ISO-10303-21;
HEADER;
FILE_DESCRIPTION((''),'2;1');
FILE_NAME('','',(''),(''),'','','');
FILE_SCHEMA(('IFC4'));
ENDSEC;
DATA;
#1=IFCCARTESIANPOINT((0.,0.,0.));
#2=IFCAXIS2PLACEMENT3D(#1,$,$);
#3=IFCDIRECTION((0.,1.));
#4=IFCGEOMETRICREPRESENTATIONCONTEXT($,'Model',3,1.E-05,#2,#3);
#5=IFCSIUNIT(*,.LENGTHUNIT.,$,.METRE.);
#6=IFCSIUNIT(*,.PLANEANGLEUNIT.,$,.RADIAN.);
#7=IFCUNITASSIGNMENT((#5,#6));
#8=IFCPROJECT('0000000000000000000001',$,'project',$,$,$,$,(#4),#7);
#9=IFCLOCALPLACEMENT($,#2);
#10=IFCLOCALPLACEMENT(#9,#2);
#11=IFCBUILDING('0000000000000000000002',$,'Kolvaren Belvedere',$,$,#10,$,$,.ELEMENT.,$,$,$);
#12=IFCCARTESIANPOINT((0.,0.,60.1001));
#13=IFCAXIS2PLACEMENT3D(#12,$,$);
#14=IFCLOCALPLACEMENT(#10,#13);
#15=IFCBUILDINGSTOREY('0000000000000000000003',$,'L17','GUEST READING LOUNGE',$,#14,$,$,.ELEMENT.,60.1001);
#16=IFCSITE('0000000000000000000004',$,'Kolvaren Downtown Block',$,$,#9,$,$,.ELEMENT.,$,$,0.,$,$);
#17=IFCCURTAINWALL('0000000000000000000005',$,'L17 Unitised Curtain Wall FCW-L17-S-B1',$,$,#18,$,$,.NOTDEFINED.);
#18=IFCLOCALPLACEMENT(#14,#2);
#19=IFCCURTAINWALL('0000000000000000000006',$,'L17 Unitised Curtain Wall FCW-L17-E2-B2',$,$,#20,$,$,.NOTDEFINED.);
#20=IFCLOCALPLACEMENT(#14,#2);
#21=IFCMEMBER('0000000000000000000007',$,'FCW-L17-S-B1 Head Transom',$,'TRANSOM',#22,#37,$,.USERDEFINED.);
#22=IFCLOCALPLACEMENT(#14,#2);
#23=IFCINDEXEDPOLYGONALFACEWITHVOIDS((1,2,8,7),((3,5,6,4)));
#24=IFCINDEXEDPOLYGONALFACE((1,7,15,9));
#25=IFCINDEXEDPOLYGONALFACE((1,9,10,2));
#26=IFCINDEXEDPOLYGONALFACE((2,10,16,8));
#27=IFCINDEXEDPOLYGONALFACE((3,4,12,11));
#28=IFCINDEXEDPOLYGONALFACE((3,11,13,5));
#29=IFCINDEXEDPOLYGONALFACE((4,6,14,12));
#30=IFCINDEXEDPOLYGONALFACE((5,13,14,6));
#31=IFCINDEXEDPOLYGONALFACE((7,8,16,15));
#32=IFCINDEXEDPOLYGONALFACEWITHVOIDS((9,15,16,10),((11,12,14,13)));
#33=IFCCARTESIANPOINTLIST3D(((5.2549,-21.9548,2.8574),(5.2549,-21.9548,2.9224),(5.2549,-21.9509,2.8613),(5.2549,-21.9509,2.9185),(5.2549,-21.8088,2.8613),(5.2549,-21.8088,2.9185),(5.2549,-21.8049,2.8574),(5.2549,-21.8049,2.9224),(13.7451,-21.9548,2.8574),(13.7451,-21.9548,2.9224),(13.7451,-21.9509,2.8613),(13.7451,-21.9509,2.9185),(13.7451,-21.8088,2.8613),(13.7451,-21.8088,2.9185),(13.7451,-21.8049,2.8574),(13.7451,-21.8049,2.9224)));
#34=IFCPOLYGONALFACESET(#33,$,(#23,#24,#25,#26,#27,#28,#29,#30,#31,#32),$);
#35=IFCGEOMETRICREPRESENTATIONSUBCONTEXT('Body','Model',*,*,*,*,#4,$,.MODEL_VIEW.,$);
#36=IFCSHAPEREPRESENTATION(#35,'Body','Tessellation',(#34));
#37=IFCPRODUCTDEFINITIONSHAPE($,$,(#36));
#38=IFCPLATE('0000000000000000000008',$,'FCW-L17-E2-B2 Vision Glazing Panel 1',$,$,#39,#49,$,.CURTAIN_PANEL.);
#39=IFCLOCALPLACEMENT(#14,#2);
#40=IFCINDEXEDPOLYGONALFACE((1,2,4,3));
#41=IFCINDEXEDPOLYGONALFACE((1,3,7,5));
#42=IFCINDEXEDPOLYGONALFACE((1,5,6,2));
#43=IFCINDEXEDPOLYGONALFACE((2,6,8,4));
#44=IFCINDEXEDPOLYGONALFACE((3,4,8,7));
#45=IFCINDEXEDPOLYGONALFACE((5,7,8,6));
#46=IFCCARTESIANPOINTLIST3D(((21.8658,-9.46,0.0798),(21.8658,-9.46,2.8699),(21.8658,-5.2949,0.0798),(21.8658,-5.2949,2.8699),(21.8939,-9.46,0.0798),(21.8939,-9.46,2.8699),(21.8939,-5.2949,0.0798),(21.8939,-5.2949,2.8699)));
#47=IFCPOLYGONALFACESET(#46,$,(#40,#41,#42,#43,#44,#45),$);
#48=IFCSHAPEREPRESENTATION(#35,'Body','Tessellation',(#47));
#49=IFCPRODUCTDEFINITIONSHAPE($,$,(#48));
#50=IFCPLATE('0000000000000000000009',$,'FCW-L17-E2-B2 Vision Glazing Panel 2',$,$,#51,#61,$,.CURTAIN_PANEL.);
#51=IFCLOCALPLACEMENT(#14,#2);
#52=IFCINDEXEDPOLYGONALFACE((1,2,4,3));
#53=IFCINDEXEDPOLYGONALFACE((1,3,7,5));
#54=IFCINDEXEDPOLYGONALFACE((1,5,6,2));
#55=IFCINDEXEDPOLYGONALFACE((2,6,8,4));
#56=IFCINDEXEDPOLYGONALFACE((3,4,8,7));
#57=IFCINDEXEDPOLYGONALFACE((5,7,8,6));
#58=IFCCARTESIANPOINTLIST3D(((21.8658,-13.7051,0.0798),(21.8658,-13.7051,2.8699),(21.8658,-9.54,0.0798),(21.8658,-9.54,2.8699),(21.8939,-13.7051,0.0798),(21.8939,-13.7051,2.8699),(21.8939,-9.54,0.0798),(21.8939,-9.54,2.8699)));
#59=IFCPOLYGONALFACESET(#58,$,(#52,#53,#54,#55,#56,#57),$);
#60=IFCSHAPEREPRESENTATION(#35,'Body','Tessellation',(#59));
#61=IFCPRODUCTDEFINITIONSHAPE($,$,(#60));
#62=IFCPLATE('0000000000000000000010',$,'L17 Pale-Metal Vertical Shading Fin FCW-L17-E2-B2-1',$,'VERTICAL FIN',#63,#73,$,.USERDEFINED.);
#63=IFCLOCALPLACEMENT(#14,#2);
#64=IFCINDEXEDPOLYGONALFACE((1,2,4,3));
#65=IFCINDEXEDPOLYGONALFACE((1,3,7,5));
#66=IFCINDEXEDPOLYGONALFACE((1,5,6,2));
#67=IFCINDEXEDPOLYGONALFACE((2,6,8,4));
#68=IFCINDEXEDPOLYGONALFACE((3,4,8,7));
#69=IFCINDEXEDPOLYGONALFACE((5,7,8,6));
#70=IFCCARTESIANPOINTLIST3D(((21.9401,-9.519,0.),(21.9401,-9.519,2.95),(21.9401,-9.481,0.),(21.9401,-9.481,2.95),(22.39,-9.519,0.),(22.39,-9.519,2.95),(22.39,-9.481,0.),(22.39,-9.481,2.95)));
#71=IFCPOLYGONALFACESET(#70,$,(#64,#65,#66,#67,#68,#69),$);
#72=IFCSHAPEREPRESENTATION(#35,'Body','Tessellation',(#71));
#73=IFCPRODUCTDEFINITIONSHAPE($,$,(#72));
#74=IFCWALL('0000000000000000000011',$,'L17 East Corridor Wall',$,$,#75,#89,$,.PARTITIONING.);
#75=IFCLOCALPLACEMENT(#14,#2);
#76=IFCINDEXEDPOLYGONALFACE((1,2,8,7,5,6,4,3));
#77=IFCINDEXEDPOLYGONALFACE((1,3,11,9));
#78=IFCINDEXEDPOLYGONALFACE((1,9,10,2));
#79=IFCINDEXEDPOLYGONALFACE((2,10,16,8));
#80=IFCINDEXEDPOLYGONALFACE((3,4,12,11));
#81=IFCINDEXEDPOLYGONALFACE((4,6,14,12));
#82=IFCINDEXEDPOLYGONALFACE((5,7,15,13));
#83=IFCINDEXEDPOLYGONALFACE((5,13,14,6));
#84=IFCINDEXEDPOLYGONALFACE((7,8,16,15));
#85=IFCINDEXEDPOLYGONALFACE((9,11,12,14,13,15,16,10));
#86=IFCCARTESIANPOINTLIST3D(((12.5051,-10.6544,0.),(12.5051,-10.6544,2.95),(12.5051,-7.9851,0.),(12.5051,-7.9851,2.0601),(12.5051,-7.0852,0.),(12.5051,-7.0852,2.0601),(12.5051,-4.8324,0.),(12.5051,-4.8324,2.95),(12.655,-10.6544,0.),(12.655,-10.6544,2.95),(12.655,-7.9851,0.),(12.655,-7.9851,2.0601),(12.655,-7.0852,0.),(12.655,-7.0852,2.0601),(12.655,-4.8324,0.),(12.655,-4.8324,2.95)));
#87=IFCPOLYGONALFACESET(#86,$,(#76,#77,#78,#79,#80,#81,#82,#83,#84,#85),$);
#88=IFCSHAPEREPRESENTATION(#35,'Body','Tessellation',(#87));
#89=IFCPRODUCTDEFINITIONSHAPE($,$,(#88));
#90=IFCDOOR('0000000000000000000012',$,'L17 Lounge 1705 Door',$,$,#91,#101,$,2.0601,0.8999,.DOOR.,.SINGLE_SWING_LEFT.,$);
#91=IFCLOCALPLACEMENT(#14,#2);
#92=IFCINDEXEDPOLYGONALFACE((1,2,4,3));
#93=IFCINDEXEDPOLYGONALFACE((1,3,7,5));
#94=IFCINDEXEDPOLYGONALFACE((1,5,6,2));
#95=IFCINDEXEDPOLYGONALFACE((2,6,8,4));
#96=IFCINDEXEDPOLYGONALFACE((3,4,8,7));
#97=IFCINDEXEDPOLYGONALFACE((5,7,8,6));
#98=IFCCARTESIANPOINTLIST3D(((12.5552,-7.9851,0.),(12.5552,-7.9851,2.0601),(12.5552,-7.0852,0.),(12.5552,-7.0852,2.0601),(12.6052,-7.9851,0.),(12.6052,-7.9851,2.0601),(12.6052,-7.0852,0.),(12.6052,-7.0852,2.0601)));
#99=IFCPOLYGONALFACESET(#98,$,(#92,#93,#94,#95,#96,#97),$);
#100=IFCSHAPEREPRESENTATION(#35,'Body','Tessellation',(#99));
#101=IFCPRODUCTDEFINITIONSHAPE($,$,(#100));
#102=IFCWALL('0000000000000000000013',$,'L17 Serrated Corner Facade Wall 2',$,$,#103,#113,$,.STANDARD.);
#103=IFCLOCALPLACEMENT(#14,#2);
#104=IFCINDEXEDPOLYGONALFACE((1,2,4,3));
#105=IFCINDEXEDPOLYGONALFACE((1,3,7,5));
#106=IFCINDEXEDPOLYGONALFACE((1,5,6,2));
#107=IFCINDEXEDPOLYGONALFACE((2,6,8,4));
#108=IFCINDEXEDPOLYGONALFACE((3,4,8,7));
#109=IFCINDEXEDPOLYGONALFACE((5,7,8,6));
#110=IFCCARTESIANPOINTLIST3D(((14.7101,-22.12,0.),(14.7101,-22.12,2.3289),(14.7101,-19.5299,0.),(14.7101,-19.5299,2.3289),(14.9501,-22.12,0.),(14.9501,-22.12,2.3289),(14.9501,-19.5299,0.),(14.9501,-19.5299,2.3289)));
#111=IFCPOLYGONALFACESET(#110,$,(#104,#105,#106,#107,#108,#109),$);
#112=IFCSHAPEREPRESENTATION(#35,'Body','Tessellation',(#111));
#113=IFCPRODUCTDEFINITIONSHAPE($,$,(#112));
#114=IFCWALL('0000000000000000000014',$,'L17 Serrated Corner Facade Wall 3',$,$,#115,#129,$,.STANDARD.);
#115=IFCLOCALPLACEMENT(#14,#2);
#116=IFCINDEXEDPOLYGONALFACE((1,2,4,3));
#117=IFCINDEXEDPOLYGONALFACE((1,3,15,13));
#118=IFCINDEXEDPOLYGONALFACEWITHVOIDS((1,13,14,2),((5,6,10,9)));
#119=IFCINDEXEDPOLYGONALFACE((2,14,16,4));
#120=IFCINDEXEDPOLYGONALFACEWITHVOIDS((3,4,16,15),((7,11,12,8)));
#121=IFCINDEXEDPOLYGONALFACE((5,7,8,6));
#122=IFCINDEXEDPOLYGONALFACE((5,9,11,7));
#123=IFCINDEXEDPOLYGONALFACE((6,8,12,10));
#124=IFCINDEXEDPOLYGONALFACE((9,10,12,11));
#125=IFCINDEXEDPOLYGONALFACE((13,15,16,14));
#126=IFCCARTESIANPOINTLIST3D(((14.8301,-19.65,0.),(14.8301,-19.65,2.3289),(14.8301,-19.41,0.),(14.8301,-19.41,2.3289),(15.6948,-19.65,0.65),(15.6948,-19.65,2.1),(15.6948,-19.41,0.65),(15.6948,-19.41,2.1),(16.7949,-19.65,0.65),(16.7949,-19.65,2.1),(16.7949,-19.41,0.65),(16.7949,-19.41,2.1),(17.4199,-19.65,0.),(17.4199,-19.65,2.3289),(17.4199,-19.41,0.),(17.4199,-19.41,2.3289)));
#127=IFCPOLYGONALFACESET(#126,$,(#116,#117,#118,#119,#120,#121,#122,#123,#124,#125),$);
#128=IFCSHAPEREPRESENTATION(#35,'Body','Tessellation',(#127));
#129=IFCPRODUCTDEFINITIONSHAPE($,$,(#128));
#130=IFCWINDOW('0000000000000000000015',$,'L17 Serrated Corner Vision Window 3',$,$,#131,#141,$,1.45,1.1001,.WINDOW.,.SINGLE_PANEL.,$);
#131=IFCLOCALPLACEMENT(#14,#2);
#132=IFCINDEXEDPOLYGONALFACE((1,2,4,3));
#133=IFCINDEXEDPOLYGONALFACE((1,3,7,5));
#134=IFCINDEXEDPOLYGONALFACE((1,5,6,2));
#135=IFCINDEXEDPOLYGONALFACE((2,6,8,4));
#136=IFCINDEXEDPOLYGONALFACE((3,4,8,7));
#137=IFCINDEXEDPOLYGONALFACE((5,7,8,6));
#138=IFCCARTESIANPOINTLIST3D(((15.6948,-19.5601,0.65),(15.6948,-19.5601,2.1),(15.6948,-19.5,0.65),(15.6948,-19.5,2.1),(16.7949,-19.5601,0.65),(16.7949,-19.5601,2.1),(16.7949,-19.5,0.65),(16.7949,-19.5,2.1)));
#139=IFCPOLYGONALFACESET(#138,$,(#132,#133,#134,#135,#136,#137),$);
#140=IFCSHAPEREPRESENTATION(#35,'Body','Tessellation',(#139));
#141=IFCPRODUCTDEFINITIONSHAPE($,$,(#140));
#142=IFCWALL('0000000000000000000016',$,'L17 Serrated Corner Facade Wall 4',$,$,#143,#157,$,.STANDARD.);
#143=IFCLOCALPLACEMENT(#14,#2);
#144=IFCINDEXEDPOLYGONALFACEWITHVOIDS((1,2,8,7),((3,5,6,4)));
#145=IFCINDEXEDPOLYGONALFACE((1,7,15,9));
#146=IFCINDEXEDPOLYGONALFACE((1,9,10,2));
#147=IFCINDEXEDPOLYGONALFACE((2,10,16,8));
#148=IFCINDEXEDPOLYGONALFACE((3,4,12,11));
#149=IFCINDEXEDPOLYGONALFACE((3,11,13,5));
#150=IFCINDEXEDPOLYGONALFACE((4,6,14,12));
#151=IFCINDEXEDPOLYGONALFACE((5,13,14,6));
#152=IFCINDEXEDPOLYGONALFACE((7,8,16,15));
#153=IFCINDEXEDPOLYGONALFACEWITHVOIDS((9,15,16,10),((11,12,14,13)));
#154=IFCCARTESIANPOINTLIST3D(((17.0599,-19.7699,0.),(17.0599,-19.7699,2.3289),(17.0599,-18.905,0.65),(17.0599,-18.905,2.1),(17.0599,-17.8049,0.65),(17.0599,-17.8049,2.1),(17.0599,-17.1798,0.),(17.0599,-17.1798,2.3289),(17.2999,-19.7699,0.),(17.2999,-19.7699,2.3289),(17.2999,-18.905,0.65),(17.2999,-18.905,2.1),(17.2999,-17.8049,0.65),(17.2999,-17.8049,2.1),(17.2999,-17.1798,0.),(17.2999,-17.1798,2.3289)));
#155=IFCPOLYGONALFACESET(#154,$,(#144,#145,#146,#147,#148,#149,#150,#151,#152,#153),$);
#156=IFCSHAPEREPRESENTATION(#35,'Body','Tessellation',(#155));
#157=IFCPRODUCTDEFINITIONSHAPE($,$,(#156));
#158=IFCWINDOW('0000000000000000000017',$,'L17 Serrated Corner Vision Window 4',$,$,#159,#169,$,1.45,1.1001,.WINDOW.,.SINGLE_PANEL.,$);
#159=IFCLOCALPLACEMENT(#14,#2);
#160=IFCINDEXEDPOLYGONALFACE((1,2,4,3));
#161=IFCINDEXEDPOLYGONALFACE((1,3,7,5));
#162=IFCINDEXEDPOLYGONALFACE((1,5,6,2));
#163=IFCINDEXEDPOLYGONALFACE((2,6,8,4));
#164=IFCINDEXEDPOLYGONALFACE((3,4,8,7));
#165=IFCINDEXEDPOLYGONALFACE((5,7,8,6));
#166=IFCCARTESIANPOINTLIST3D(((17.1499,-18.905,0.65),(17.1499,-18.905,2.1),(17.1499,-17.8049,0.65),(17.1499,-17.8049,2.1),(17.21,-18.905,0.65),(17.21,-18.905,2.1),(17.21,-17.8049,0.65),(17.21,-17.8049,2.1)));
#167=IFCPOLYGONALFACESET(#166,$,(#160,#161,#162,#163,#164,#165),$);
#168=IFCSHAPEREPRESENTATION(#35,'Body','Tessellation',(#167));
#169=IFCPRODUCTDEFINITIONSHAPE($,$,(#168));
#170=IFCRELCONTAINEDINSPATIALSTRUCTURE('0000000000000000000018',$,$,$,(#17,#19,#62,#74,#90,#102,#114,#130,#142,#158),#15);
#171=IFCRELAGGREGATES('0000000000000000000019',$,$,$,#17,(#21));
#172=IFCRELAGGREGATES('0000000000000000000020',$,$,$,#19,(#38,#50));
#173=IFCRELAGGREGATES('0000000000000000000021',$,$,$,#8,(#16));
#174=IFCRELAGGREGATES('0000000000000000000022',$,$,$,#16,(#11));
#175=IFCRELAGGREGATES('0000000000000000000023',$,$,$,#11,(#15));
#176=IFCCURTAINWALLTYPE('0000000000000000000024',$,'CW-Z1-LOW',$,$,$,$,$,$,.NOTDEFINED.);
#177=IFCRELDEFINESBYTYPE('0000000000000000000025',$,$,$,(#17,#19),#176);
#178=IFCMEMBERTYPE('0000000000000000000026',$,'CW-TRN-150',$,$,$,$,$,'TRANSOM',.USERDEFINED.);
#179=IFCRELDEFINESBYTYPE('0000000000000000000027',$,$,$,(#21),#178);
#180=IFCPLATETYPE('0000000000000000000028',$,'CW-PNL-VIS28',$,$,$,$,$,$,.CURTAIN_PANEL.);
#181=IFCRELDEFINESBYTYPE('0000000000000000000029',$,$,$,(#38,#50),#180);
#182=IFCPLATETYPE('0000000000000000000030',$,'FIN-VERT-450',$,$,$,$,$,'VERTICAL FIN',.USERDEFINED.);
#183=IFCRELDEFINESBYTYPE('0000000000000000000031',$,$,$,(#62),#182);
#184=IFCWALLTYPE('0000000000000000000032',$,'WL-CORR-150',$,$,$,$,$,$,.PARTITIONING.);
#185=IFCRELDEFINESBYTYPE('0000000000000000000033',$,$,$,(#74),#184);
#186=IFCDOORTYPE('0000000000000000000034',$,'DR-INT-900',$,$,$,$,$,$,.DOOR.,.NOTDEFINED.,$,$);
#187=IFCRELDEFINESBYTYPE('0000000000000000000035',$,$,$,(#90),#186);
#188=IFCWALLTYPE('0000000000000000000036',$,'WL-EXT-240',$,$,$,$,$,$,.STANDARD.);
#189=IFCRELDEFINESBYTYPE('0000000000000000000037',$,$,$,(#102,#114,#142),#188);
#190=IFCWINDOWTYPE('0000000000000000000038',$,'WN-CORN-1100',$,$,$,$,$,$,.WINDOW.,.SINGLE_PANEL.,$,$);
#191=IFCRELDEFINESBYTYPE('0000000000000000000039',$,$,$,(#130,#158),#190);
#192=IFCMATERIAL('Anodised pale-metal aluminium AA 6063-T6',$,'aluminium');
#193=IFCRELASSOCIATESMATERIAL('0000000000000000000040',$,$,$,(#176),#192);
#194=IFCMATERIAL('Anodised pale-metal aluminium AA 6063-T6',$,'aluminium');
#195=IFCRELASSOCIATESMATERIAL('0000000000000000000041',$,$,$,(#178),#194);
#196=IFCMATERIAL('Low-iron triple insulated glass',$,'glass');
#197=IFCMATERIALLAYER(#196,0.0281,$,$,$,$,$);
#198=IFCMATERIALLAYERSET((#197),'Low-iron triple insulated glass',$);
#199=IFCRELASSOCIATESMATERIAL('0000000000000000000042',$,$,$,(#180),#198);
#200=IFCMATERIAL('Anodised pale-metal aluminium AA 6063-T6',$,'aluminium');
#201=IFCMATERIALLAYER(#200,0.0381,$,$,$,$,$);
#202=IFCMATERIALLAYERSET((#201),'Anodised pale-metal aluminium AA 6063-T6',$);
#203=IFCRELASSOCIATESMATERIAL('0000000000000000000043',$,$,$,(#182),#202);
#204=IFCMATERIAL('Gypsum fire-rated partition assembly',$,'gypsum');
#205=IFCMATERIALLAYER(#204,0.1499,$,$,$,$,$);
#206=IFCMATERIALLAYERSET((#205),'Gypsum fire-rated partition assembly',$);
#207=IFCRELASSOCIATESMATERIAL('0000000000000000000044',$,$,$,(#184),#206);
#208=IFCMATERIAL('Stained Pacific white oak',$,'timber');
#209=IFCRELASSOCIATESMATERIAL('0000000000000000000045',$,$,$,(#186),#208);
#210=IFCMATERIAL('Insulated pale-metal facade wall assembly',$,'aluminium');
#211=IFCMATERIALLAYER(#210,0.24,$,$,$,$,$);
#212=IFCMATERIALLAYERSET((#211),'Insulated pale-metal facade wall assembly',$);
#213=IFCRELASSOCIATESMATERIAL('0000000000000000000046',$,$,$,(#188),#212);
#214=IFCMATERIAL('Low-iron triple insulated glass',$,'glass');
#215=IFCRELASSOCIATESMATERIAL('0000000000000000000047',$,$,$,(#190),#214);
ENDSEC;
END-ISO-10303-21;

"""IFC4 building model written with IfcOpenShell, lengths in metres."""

from ifc_helpers import new_model, si_unit, direction, frame, frame_2d, origin, origin_2d, place, context, subcontext, project, spatial, rectangle, hollow_rectangle, extrude, material, layer, layer_set, material_profile, profile_set, type_object, element, fill, aggregate, save


model = new_model("IFC4")

# Units and contexts
model_context = context("Model", 3, precision=1e-05, world=origin(), true_north=direction((0.0, 1.0)))
body_context = subcontext(model_context, "Body", "Model", "MODEL_VIEW")
ifc_project = project(units=[si_unit("LENGTHUNIT", "METRE"), si_unit("PLANEANGLEUNIT", "RADIAN")], contexts=[model_context])

# Site, building, storey
site_placement = place(None, origin())
site = spatial("IfcSite", under=ifc_project, at=site_placement, Name="Kolvaren Downtown Block", CompositionType="ELEMENT", RefElevation=0.0)
building_placement = place(site_placement, origin())
building = spatial("IfcBuilding", under=site, at=building_placement, Name="Kolvaren Belvedere", CompositionType="ELEMENT")
storey_placement = place(building_placement, frame((0.0, 0.0, 60.1001)))
storey = spatial("IfcBuildingStorey", under=building, at=storey_placement, Name="L17", Description="GUEST READING LOUNGE", CompositionType="ELEMENT", Elevation=60.1001)

# Curtain wall
ifc_material_1 = material(Name="Anodised pale-metal aluminium AA 6063-T6", Category="aluminium")
curtain_wall_type = type_object("IfcCurtainWallType", Name="CW-Z1-LOW", PredefinedType="NOTDEFINED", material=ifc_material_1)
curtain_wall_1_placement = place(storey_placement, origin())
curtain_wall_1 = element("IfcCurtainWall", 1, at=curtain_wall_1_placement, inside=storey, type_object=curtain_wall_type, Name="L17 Unitised Curtain Wall FCW-L17-S-B1", PredefinedType="NOTDEFINED")

# Curtain wall
curtain_wall_2_placement = place(storey_placement, origin())
curtain_wall_2 = element("IfcCurtainWall", 2, at=curtain_wall_2_placement, inside=storey, type_object=curtain_wall_type, Name="L17 Unitised Curtain Wall FCW-L17-E2-B2", PredefinedType="NOTDEFINED")

# Member
ifc_material_2 = material(Name="Anodised pale-metal aluminium AA 6063-T6", Category="aluminium")
ifc_material_profile_1 = material_profile(ifc_material_2, hollow_rectangle(XDim=0.0649, YDim=0.1499, WallThickness=0.0039, at=origin_2d()), Name="ALU-TRN-150X65")
ifc_profile_set_1 = profile_set([ifc_material_profile_1], Name="Anodised pale-metal aluminium AA 6063-T6")
member_type_1 = type_object("IfcMemberType", Name="CW-TRN-150", ElementType="TRANSOM", PredefinedType="USERDEFINED", material=ifc_profile_set_1)
member_1_placement = place(storey_placement, frame((13.7451, -21.8799, 2.8899), z_axis=(-1.0, 0.0, 0.0), x_axis=(0.0, 0.0, 1.0)))
member_1 = element("IfcMember", 3, at=member_1_placement, type_object=member_type_1, Name="FCW-L17-S-B1 Head Transom", ObjectType="TRANSOM", PredefinedType="USERDEFINED", context=body_context, shape_type="SweptSolid", body=[
    extrude(hollow_rectangle(XDim=0.0649, YDim=0.1499, WallThickness=0.0039, at=origin_2d()), origin(), (0.0, 0.0, 1.0), 8.4902),
])
aggregate(curtain_wall_1, [member_1])

# Plates
ifc_material_3 = material(Name="Low-iron triple insulated glass", Category="glass")
ifc_layer_1 = layer(ifc_material_3, 0.0281)
ifc_layer_set_1 = layer_set([ifc_layer_1], Name="Low-iron triple insulated glass")
plate_type_1 = type_object("IfcPlateType", Name="CW-PNL-VIS28", PredefinedType="CURTAIN_PANEL", material=ifc_layer_set_1)
plate_1_placement = place(storey_placement, frame((21.8799, -7.3774, 0.0798), z_axis=(0.0, 0.0, 1.0), x_axis=(0.0, -1.0, 0.0)))
plate_1 = element("IfcPlate", 4, at=plate_1_placement, type_object=plate_type_1, Name="FCW-L17-E2-B2 Vision Glazing Panel 1", PredefinedType="CURTAIN_PANEL", context=body_context, shape_type="SweptSolid", body=[
    extrude(rectangle(XDim=4.165, YDim=0.0281, at=origin_2d()), origin(), (0.0, 0.0, 1.0), 2.79),
])
plate_2_placement = place(storey_placement, frame((21.8799, -11.6226, 0.0798), z_axis=(0.0, 0.0, 1.0), x_axis=(0.0, -1.0, 0.0)))
plate_2 = element("IfcPlate", 5, at=plate_2_placement, type_object=plate_type_1, Name="FCW-L17-E2-B2 Vision Glazing Panel 2", PredefinedType="CURTAIN_PANEL", context=body_context, shape_type="SweptSolid", body=[
    extrude(rectangle(XDim=4.165, YDim=0.0281, at=origin_2d()), origin(), (0.0, 0.0, 1.0), 2.79),
])
aggregate(curtain_wall_2, [plate_1, plate_2])
ifc_material_4 = material(Name="Anodised pale-metal aluminium AA 6063-T6", Category="aluminium")
ifc_layer_2 = layer(ifc_material_4, 0.0381)
ifc_layer_set_2 = layer_set([ifc_layer_2], Name="Anodised pale-metal aluminium AA 6063-T6")
plate_type_2 = type_object("IfcPlateType", Name="FIN-VERT-450", ElementType="VERTICAL FIN", PredefinedType="USERDEFINED", material=ifc_layer_set_2)
plate_3_placement = place(storey_placement, frame((22.165, -9.5, 0.0), z_axis=(0.0, 0.0, 1.0), x_axis=(1.0, 0.0, 0.0)))
element("IfcPlate", 6, at=plate_3_placement, inside=storey, type_object=plate_type_2, Name="L17 Pale-Metal Vertical Shading Fin FCW-L17-E2-B2-1", ObjectType="VERTICAL FIN", PredefinedType="USERDEFINED", context=body_context, shape_type="SweptSolid", body=[
    extrude(rectangle(XDim=0.45, YDim=0.0381, at=origin_2d()), origin(), (0.0, 0.0, 1.0), 2.95),
])

# Wall, opening, door
ifc_material_5 = material(Name="Gypsum fire-rated partition assembly", Category="gypsum")
ifc_layer_3 = layer(ifc_material_5, 0.1499)
ifc_layer_set_3 = layer_set([ifc_layer_3], Name="Gypsum fire-rated partition assembly")
wall_type_1 = type_object("IfcWallType", Name="WL-CORR-150", PredefinedType="PARTITIONING", material=ifc_layer_set_3)
wall_1_placement = place(storey_placement, frame((12.5801, -10.6545, 0.0), z_axis=(0.0, 0.0, 1.0), x_axis=(0.0, 1.0, 0.0)))
wall_1 = element("IfcWall", 7, at=wall_1_placement, inside=storey, type_object=wall_type_1, Name="L17 East Corridor Wall", PredefinedType="PARTITIONING", context=body_context, shape_type="SweptSolid", body=[
    extrude(rectangle(XDim=5.822, YDim=0.1499, at=frame_2d((2.9111, 0.0))), origin(), (0.0, 0.0, 1.0), 2.95),
])
opening_1_placement = place(wall_1_placement, frame((2.6694, 0.0, 0.0)))
opening_1 = element("IfcOpeningElement", 8, at=opening_1_placement, cuts=wall_1, PredefinedType="OPENING", context=body_context, shape_type="SweptSolid", body=[
    extrude(rectangle(XDim=0.8999, YDim=2.0601, at=frame_2d((0.45, 1.03))), frame((0.0, 0.085, 0.0), z_axis=(0.0, -1.0, 0.0), x_axis=(1.0, 0.0, 0.0)), (0.0, 0.0, 1.0), 0.1699),
])
ifc_material_6 = material(Name="Stained Pacific white oak", Category="timber")
door_type = type_object("IfcDoorType", Name="DR-INT-900", OperationType="NOTDEFINED", PredefinedType="DOOR", material=ifc_material_6)
door_placement = place(opening_1_placement, origin())
door = element("IfcDoor", 9, at=door_placement, inside=storey, type_object=door_type, Name="L17 Lounge 1705 Door", OperationType="SINGLE_SWING_LEFT", OverallHeight=2.0601, OverallWidth=0.8999, PredefinedType="DOOR", context=body_context, shape_type="SweptSolid", body=[
    extrude(rectangle(XDim=0.8999, YDim=2.0601, at=frame_2d((0.45, 1.03))), frame((0.0, 0.0249, 0.0), z_axis=(0.0, -1.0, 0.0), x_axis=(1.0, 0.0, 0.0)), (0.0, 0.0, 1.0), 0.05),
])
fill(opening_1, door)

# Wall
ifc_material_7 = material(Name="Insulated pale-metal facade wall assembly", Category="aluminium")
ifc_layer_4 = layer(ifc_material_7, 0.24)
ifc_layer_set_4 = layer_set([ifc_layer_4], Name="Insulated pale-metal facade wall assembly")
wall_type_2 = type_object("IfcWallType", Name="WL-EXT-240", PredefinedType="STANDARD", material=ifc_layer_set_4)
wall_2_placement = place(storey_placement, frame((14.8301, -19.53, 0.0), z_axis=(0.0, 0.0, 1.0), x_axis=(0.0, -1.0, 0.0)))
element("IfcWall", 10, at=wall_2_placement, inside=storey, type_object=wall_type_2, Name="L17 Serrated Corner Facade Wall 2", PredefinedType="STANDARD", context=body_context, shape_type="SweptSolid", body=[
    extrude(rectangle(XDim=2.5901, YDim=0.24, at=frame_2d((1.2949, 0.0))), origin(), (0.0, 0.0, 1.0), 2.3289),
])

# Walls, openings, windows
wall_3_placement = place(storey_placement, frame((17.4199, -19.53, 0.0), z_axis=(0.0, 0.0, 1.0), x_axis=(-1.0, 0.0, 0.0)))
wall_3 = element("IfcWall", 11, at=wall_3_placement, inside=storey, type_object=wall_type_2, Name="L17 Serrated Corner Facade Wall 3", PredefinedType="STANDARD", context=body_context, shape_type="SweptSolid", body=[
    extrude(rectangle(XDim=2.5898, YDim=0.24, at=frame_2d((1.2949, 0.0))), origin(), (0.0, 0.0, 1.0), 2.3289),
])
opening_2_placement = place(wall_3_placement, frame((0.625, 0.0, 0.6499)))
opening_2 = element("IfcOpeningElement", 12, at=opening_2_placement, cuts=wall_3, PredefinedType="OPENING", context=body_context, shape_type="SweptSolid", body=[
    extrude(rectangle(XDim=1.1001, YDim=1.45, at=frame_2d((0.55, 0.7251))), frame((0.0, 0.1299, 0.0), z_axis=(0.0, -1.0, 0.0), x_axis=(1.0, 0.0, 0.0)), (0.0, 0.0, 1.0), 0.26),
])
ifc_material_8 = material(Name="Low-iron triple insulated glass", Category="glass")
window_type = type_object("IfcWindowType", Name="WN-CORN-1100", PartitioningType="SINGLE_PANEL", PredefinedType="WINDOW", material=ifc_material_8)
window_1_placement = place(opening_2_placement, origin())
window_1 = element("IfcWindow", 13, at=window_1_placement, inside=storey, type_object=window_type, Name="L17 Serrated Corner Vision Window 3", OverallHeight=1.45, OverallWidth=1.1001, PartitioningType="SINGLE_PANEL", PredefinedType="WINDOW", context=body_context, shape_type="SweptSolid", body=[
    extrude(rectangle(XDim=1.1001, YDim=1.45, at=frame_2d((0.55, 0.7251))), frame((0.0, 0.03, 0.0), z_axis=(0.0, -1.0, 0.0), x_axis=(1.0, 0.0, 0.0)), (0.0, 0.0, 1.0), 0.0601),
])
fill(opening_2, window_1)
wall_4_placement = place(storey_placement, frame((17.1799, -17.1799, 0.0), z_axis=(0.0, 0.0, 1.0), x_axis=(0.0, -1.0, 0.0)))
wall_4 = element("IfcWall", 14, at=wall_4_placement, inside=storey, type_object=wall_type_2, Name="L17 Serrated Corner Facade Wall 4", PredefinedType="STANDARD", context=body_context, shape_type="SweptSolid", body=[
    extrude(rectangle(XDim=2.5901, YDim=0.24, at=frame_2d((1.2949, 0.0))), origin(), (0.0, 0.0, 1.0), 2.3289),
])
opening_3_placement = place(wall_4_placement, frame((0.625, 0.0, 0.6499)))
opening_3 = element("IfcOpeningElement", 15, at=opening_3_placement, cuts=wall_4, PredefinedType="OPENING", context=body_context, shape_type="SweptSolid", body=[
    extrude(rectangle(XDim=1.1001, YDim=1.45, at=frame_2d((0.55, 0.7251))), frame((0.0, 0.1299, 0.0), z_axis=(0.0, -1.0, 0.0), x_axis=(1.0, 0.0, 0.0)), (0.0, 0.0, 1.0), 0.26),
])
window_2_placement = place(opening_3_placement, origin())
window_2 = element("IfcWindow", 16, at=window_2_placement, inside=storey, type_object=window_type, Name="L17 Serrated Corner Vision Window 4", OverallHeight=1.45, OverallWidth=1.1001, PartitioningType="SINGLE_PANEL", PredefinedType="WINDOW", context=body_context, shape_type="SweptSolid", body=[
    extrude(rectangle(XDim=1.1001, YDim=1.45, at=frame_2d((0.55, 0.7251))), frame((0.0, 0.03, 0.0), z_axis=(0.0, -1.0, 0.0), x_axis=(1.0, 0.0, 0.0)), (0.0, 0.0, 1.0), 0.0601),
])
fill(opening_3, window_2)

save(model, "model.ifc")
